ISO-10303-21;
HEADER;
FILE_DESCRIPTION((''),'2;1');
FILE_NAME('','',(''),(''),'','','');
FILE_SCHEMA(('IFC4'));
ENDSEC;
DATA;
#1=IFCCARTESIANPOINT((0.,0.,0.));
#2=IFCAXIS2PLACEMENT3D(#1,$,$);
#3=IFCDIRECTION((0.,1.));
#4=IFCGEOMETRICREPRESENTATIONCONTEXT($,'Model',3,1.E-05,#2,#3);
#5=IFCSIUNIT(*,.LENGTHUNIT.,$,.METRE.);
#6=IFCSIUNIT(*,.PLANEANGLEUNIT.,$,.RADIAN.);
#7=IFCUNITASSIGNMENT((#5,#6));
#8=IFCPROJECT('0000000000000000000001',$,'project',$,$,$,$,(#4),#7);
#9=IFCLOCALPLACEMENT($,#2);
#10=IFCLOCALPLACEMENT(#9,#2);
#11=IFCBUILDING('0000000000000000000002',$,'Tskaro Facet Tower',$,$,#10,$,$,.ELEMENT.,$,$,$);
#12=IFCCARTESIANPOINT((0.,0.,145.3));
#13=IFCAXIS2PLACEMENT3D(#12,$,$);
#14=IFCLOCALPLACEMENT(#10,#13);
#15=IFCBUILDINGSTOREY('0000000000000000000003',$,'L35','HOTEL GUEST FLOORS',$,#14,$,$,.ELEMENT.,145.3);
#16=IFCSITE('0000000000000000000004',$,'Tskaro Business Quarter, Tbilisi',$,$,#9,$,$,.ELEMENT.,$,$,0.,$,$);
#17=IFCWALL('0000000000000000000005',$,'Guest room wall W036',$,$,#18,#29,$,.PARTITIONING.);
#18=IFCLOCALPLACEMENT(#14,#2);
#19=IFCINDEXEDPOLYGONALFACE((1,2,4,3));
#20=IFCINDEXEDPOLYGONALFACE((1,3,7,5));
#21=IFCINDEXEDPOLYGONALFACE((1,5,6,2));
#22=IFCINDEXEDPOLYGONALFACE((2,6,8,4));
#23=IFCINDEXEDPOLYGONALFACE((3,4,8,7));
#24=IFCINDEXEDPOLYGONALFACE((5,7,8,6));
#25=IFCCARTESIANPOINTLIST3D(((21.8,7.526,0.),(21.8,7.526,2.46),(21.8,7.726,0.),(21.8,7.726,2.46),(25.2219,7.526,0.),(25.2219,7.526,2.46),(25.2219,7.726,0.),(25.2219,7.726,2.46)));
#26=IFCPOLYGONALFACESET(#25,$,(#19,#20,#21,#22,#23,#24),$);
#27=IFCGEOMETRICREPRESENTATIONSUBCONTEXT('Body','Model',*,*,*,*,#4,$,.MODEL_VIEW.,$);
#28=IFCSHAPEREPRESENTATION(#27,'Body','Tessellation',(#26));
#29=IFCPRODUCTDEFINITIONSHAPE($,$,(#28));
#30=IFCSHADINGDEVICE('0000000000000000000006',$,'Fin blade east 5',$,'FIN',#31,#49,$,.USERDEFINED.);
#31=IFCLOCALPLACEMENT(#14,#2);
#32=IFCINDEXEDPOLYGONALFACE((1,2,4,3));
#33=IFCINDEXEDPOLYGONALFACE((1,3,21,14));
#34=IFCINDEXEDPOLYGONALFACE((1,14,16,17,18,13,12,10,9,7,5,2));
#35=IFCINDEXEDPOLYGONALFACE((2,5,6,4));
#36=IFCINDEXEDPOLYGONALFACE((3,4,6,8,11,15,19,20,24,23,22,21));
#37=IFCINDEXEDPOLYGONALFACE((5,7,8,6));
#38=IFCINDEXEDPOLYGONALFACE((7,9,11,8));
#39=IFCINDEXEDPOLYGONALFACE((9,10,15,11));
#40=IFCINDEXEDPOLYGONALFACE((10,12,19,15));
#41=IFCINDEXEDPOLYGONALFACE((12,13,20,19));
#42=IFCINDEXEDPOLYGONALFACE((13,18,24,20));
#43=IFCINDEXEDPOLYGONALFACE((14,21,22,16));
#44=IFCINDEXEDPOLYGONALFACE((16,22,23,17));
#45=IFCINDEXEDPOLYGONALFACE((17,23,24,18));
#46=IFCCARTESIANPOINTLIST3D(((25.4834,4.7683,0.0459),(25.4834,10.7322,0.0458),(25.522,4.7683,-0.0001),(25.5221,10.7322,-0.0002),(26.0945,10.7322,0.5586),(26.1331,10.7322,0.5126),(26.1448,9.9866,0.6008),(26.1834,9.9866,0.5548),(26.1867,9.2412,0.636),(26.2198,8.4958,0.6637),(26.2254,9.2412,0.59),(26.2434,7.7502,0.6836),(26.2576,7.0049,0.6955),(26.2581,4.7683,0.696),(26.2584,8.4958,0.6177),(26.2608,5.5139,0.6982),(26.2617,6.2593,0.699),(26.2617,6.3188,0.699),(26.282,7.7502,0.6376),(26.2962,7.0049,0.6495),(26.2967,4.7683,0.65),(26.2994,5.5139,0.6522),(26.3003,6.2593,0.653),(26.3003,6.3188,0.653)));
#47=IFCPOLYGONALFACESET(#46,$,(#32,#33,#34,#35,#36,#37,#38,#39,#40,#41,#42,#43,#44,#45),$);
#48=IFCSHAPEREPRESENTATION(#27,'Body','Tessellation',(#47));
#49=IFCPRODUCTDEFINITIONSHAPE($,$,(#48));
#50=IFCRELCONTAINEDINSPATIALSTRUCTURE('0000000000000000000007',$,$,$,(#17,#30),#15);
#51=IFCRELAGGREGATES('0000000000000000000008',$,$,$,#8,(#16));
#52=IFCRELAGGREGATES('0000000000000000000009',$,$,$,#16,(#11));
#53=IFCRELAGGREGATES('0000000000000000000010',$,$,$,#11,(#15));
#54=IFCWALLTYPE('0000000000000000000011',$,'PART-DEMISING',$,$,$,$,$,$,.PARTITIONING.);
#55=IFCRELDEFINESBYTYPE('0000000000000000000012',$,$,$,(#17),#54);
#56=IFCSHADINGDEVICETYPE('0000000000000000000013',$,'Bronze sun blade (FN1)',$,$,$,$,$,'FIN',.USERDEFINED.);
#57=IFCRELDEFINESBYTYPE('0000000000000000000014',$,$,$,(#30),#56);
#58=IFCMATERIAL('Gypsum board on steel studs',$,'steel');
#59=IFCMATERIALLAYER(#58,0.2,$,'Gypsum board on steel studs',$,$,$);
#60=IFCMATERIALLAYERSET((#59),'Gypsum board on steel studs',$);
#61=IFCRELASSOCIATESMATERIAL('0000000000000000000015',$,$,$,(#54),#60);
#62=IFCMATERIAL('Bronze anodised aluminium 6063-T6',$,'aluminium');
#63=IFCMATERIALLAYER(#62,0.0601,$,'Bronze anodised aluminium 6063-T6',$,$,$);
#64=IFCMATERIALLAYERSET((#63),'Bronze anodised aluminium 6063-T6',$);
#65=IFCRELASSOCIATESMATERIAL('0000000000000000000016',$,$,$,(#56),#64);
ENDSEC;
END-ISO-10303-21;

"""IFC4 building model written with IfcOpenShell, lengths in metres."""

from ifc_helpers import new_model, si_unit, direction, frame, frame_2d, origin, place, context, subcontext, project, spatial, polyline, rectangle, outline, extrude, material, layer, layer_set, type_object, element, save


model = new_model("IFC4")

# Units and contexts
model_context = context("Model", 3, precision=1e-05, world=origin(), true_north=direction((0.0, 1.0)))
body_context = subcontext(model_context, "Body", "Model", "MODEL_VIEW")
ifc_project = project(units=[si_unit("LENGTHUNIT", "METRE"), si_unit("PLANEANGLEUNIT", "RADIAN")], contexts=[model_context])

# Site, building, storey
site_placement = place(None, origin())
site = spatial("IfcSite", under=ifc_project, at=site_placement, Name="Tskaro Business Quarter, Tbilisi", CompositionType="ELEMENT", RefElevation=0.0)
building_placement = place(site_placement, origin())
building = spatial("IfcBuilding", under=site, at=building_placement, Name="Tskaro Facet Tower", CompositionType="ELEMENT")
storey_placement = place(building_placement, frame((0.0, 0.0, 145.3)))
storey = spatial("IfcBuildingStorey", under=building, at=storey_placement, Name="L35", Description="HOTEL GUEST FLOORS", CompositionType="ELEMENT", Elevation=145.3)

# Shared definitions
ifc_material_1 = material(Name="Bronze anodised aluminium 6063-T6", Category="aluminium")

# Shared definitions
ifc_material_2 = material(Name="Gypsum board on steel studs", Category="steel")

# Wall
ifc_layer_1 = layer(ifc_material_2, 0.2, Name="Gypsum board on steel studs")
ifc_layer_set_1 = layer_set([ifc_layer_1], Name="Gypsum board on steel studs")
wall_type_1 = type_object("IfcWallType", Name="PART-DEMISING", PredefinedType="PARTITIONING", material=ifc_layer_set_1)
wall_1_placement = place(storey_placement, frame((21.8, 7.626, 0.0), z_axis=(0.0, 0.0, 1.0), x_axis=(1.0, 0.0, 0.0)))
element("IfcWall", 1, at=wall_1_placement, inside=storey, type_object=wall_type_1, Name="Guest room wall W036", PredefinedType="PARTITIONING", context=body_context, shape_type="SweptSolid", body=[
    extrude(rectangle(XDim=3.4219, YDim=0.2, at=frame_2d((1.7109, 0.0))), origin(), (0.0, 0.0, 1.0), 2.46),
])

# Shading device
ifc_layer_2 = layer(ifc_material_1, 0.0601, Name="Bronze anodised aluminium 6063-T6")
ifc_layer_set_2 = layer_set([ifc_layer_2], Name="Bronze anodised aluminium 6063-T6")
shading_device_type = type_object("IfcShadingDeviceType", Name="Bronze sun blade (FN1)", ElementType="FIN", PredefinedType="USERDEFINED", material=ifc_layer_set_2)
shading_device_placement = place(storey_placement, frame((25.4834, 4.7683, 0.0459), z_axis=(-0.642791, 0.000013, 0.766041), x_axis=(0.000009, 1.0, -0.00001)))
element("IfcShadingDevice", 2, at=shading_device_placement, inside=storey, type_object=shading_device_type, Name="Fin blade east 5", ObjectType="FIN", PredefinedType="USERDEFINED", context=body_context, shape_type="SweptSolid", body=[
    extrude(outline(polyline([(0.0, 0.0), (5.9639, 0.0), (5.9639, -0.7977), (5.2183, -0.8633), (4.4729, -0.9181), (3.7275, -0.9613), (2.9819, -0.9921), (2.2366, -1.0106), (1.5505, -1.016), (1.491, -1.016), (0.7456, -1.0148), (0.0, -1.0113), (0.0, 0.0)])), origin(), (0.0, 0.0, -1.0), 0.0601),
])

save(model, "model.ifc")
